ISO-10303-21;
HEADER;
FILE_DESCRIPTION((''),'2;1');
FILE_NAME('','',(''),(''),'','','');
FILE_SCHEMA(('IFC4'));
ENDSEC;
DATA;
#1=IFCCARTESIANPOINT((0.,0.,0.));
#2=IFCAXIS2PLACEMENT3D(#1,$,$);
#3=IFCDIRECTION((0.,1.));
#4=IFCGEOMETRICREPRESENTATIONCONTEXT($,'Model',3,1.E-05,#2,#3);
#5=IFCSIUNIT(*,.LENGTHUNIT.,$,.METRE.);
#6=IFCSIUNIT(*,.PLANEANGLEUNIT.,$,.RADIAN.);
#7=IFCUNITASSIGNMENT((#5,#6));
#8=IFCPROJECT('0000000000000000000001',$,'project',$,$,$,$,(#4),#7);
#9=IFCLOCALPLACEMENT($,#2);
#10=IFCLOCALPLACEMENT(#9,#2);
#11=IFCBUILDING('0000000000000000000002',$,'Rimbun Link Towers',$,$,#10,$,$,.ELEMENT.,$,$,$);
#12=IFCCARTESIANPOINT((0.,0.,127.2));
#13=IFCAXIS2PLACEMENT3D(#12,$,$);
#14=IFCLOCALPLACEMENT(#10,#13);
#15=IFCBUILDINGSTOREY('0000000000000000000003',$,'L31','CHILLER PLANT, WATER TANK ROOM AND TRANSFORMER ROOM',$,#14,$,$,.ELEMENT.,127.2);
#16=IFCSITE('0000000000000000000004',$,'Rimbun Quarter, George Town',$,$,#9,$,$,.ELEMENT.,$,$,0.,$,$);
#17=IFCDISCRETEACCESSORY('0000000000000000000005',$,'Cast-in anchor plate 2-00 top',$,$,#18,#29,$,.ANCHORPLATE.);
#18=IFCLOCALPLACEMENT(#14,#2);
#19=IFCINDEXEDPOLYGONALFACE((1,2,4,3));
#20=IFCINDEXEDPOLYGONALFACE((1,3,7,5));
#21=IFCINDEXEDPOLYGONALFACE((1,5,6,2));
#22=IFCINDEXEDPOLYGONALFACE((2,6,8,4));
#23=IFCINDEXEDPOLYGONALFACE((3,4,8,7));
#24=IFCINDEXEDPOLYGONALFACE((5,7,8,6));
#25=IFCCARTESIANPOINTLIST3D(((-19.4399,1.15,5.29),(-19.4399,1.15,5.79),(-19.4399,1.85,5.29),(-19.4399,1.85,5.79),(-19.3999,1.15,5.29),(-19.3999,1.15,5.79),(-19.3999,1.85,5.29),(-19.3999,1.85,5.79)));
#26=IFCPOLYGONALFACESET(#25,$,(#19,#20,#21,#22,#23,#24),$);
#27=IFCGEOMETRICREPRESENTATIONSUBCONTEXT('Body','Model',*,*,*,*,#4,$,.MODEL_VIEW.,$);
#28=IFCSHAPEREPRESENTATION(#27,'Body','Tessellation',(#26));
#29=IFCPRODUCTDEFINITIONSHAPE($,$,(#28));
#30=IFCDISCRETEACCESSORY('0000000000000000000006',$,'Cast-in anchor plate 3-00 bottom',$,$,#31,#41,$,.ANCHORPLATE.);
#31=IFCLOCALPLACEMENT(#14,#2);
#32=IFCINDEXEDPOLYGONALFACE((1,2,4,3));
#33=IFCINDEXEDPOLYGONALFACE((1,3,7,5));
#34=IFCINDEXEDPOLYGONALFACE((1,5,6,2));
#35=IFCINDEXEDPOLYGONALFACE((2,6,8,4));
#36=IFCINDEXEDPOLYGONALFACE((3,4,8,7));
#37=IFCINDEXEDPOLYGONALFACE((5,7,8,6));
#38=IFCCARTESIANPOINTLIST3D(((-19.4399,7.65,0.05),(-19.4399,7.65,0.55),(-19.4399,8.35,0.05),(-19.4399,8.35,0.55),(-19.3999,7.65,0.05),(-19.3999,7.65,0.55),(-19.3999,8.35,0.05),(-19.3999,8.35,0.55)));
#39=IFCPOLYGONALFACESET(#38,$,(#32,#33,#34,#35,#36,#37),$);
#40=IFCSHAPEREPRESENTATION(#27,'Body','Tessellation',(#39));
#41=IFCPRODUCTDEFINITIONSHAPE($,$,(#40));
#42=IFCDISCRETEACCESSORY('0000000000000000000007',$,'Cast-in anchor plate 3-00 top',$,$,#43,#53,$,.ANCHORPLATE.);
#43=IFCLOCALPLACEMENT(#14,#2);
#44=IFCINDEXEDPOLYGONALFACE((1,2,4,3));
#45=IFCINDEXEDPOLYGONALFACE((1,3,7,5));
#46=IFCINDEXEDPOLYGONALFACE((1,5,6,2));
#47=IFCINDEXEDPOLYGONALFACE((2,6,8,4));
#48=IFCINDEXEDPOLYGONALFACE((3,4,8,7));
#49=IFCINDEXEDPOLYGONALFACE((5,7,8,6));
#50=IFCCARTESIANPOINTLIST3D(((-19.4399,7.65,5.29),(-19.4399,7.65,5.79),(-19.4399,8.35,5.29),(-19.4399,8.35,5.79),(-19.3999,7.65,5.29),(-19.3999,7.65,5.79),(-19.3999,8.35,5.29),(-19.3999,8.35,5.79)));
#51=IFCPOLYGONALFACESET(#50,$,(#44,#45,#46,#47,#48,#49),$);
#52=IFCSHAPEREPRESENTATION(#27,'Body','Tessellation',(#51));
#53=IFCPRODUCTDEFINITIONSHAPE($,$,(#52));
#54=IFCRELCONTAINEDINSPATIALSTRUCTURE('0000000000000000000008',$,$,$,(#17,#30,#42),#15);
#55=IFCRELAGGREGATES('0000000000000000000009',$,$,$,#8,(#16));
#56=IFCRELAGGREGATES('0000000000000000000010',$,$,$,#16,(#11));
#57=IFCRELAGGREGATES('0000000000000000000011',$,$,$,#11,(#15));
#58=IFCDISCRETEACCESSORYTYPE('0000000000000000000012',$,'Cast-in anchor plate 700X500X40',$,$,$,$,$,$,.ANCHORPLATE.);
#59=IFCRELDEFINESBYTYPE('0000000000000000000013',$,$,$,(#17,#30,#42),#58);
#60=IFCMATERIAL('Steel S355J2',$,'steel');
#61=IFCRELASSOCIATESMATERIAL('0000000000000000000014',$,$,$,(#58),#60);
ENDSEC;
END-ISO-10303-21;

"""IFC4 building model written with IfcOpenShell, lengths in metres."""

from ifc_helpers import new_model, si_unit, direction, frame, origin, origin_2d, place, context, subcontext, project, spatial, rectangle, extrude, material, material_profile, profile_set, type_object, element, save


model = new_model("IFC4")

# Units and contexts
model_context = context("Model", 3, precision=1e-05, world=origin(), true_north=direction((0.0, 1.0)))
body_context = subcontext(model_context, "Body", "Model", "MODEL_VIEW")
ifc_project = project(units=[si_unit("LENGTHUNIT", "METRE"), si_unit("PLANEANGLEUNIT", "RADIAN")], contexts=[model_context])

# Site, building, storey
site_placement = place(None, origin())
site = spatial("IfcSite", under=ifc_project, at=site_placement, Name="Rimbun Quarter, George Town", CompositionType="ELEMENT", RefElevation=0.0)
building_placement = place(site_placement, origin())
building = spatial("IfcBuilding", under=site, at=building_placement, Name="Rimbun Link Towers", CompositionType="ELEMENT")
storey_placement = place(building_placement, frame((0.0, 0.0, 127.2)))
storey = spatial("IfcBuildingStorey", under=building, at=storey_placement, Name="L31", Description="CHILLER PLANT, WATER TANK ROOM AND TRANSFORMER ROOM", CompositionType="ELEMENT", Elevation=127.2)

# Discrete accessories
ifc_material_1 = material(Name="Steel S355J2", Category="steel")
ifc_material_profile_1 = material_profile(ifc_material_1, rectangle(XDim=0.7, YDim=0.5, at=origin_2d()), Name="PL 700x500")
ifc_profile_set_1 = profile_set([ifc_material_profile_1], Name="Steel S355J2")
discrete_accessory_type = type_object("IfcDiscreteAccessoryType", Name="Cast-in anchor plate 700X500X40", PredefinedType="ANCHORPLATE", material=ifc_profile_set_1)
for number, where, z_axis, x_axis, name in (
    (1, (-19.4399, 1.5, 5.54), (1.0, 0.0, 0.0), (0.0, 1.0, 0.0), "Cast-in anchor plate 2-00 top"),
    (2, (-19.4399, 8.0, 0.3), (1.0, 0.0, 0.0), (0.0, 1.0, 0.0), "Cast-in anchor plate 3-00 bottom"),
    (3, (-19.4399, 8.0, 5.54), (1.0, 0.0, 0.0), (0.0, 1.0, 0.0), "Cast-in anchor plate 3-00 top"),
):
    element("IfcDiscreteAccessory", number, at=place(storey_placement, frame(where, z_axis=z_axis, x_axis=x_axis)), inside=storey, type_object=discrete_accessory_type, Name=name, PredefinedType="ANCHORPLATE", context=body_context, shape_type="SweptSolid", body=[
        extrude(rectangle(XDim=0.7, YDim=0.5, at=origin_2d()), origin(), (0.0, 0.0, 1.0), 0.04),
    ])

save(model, "model.ifc")
